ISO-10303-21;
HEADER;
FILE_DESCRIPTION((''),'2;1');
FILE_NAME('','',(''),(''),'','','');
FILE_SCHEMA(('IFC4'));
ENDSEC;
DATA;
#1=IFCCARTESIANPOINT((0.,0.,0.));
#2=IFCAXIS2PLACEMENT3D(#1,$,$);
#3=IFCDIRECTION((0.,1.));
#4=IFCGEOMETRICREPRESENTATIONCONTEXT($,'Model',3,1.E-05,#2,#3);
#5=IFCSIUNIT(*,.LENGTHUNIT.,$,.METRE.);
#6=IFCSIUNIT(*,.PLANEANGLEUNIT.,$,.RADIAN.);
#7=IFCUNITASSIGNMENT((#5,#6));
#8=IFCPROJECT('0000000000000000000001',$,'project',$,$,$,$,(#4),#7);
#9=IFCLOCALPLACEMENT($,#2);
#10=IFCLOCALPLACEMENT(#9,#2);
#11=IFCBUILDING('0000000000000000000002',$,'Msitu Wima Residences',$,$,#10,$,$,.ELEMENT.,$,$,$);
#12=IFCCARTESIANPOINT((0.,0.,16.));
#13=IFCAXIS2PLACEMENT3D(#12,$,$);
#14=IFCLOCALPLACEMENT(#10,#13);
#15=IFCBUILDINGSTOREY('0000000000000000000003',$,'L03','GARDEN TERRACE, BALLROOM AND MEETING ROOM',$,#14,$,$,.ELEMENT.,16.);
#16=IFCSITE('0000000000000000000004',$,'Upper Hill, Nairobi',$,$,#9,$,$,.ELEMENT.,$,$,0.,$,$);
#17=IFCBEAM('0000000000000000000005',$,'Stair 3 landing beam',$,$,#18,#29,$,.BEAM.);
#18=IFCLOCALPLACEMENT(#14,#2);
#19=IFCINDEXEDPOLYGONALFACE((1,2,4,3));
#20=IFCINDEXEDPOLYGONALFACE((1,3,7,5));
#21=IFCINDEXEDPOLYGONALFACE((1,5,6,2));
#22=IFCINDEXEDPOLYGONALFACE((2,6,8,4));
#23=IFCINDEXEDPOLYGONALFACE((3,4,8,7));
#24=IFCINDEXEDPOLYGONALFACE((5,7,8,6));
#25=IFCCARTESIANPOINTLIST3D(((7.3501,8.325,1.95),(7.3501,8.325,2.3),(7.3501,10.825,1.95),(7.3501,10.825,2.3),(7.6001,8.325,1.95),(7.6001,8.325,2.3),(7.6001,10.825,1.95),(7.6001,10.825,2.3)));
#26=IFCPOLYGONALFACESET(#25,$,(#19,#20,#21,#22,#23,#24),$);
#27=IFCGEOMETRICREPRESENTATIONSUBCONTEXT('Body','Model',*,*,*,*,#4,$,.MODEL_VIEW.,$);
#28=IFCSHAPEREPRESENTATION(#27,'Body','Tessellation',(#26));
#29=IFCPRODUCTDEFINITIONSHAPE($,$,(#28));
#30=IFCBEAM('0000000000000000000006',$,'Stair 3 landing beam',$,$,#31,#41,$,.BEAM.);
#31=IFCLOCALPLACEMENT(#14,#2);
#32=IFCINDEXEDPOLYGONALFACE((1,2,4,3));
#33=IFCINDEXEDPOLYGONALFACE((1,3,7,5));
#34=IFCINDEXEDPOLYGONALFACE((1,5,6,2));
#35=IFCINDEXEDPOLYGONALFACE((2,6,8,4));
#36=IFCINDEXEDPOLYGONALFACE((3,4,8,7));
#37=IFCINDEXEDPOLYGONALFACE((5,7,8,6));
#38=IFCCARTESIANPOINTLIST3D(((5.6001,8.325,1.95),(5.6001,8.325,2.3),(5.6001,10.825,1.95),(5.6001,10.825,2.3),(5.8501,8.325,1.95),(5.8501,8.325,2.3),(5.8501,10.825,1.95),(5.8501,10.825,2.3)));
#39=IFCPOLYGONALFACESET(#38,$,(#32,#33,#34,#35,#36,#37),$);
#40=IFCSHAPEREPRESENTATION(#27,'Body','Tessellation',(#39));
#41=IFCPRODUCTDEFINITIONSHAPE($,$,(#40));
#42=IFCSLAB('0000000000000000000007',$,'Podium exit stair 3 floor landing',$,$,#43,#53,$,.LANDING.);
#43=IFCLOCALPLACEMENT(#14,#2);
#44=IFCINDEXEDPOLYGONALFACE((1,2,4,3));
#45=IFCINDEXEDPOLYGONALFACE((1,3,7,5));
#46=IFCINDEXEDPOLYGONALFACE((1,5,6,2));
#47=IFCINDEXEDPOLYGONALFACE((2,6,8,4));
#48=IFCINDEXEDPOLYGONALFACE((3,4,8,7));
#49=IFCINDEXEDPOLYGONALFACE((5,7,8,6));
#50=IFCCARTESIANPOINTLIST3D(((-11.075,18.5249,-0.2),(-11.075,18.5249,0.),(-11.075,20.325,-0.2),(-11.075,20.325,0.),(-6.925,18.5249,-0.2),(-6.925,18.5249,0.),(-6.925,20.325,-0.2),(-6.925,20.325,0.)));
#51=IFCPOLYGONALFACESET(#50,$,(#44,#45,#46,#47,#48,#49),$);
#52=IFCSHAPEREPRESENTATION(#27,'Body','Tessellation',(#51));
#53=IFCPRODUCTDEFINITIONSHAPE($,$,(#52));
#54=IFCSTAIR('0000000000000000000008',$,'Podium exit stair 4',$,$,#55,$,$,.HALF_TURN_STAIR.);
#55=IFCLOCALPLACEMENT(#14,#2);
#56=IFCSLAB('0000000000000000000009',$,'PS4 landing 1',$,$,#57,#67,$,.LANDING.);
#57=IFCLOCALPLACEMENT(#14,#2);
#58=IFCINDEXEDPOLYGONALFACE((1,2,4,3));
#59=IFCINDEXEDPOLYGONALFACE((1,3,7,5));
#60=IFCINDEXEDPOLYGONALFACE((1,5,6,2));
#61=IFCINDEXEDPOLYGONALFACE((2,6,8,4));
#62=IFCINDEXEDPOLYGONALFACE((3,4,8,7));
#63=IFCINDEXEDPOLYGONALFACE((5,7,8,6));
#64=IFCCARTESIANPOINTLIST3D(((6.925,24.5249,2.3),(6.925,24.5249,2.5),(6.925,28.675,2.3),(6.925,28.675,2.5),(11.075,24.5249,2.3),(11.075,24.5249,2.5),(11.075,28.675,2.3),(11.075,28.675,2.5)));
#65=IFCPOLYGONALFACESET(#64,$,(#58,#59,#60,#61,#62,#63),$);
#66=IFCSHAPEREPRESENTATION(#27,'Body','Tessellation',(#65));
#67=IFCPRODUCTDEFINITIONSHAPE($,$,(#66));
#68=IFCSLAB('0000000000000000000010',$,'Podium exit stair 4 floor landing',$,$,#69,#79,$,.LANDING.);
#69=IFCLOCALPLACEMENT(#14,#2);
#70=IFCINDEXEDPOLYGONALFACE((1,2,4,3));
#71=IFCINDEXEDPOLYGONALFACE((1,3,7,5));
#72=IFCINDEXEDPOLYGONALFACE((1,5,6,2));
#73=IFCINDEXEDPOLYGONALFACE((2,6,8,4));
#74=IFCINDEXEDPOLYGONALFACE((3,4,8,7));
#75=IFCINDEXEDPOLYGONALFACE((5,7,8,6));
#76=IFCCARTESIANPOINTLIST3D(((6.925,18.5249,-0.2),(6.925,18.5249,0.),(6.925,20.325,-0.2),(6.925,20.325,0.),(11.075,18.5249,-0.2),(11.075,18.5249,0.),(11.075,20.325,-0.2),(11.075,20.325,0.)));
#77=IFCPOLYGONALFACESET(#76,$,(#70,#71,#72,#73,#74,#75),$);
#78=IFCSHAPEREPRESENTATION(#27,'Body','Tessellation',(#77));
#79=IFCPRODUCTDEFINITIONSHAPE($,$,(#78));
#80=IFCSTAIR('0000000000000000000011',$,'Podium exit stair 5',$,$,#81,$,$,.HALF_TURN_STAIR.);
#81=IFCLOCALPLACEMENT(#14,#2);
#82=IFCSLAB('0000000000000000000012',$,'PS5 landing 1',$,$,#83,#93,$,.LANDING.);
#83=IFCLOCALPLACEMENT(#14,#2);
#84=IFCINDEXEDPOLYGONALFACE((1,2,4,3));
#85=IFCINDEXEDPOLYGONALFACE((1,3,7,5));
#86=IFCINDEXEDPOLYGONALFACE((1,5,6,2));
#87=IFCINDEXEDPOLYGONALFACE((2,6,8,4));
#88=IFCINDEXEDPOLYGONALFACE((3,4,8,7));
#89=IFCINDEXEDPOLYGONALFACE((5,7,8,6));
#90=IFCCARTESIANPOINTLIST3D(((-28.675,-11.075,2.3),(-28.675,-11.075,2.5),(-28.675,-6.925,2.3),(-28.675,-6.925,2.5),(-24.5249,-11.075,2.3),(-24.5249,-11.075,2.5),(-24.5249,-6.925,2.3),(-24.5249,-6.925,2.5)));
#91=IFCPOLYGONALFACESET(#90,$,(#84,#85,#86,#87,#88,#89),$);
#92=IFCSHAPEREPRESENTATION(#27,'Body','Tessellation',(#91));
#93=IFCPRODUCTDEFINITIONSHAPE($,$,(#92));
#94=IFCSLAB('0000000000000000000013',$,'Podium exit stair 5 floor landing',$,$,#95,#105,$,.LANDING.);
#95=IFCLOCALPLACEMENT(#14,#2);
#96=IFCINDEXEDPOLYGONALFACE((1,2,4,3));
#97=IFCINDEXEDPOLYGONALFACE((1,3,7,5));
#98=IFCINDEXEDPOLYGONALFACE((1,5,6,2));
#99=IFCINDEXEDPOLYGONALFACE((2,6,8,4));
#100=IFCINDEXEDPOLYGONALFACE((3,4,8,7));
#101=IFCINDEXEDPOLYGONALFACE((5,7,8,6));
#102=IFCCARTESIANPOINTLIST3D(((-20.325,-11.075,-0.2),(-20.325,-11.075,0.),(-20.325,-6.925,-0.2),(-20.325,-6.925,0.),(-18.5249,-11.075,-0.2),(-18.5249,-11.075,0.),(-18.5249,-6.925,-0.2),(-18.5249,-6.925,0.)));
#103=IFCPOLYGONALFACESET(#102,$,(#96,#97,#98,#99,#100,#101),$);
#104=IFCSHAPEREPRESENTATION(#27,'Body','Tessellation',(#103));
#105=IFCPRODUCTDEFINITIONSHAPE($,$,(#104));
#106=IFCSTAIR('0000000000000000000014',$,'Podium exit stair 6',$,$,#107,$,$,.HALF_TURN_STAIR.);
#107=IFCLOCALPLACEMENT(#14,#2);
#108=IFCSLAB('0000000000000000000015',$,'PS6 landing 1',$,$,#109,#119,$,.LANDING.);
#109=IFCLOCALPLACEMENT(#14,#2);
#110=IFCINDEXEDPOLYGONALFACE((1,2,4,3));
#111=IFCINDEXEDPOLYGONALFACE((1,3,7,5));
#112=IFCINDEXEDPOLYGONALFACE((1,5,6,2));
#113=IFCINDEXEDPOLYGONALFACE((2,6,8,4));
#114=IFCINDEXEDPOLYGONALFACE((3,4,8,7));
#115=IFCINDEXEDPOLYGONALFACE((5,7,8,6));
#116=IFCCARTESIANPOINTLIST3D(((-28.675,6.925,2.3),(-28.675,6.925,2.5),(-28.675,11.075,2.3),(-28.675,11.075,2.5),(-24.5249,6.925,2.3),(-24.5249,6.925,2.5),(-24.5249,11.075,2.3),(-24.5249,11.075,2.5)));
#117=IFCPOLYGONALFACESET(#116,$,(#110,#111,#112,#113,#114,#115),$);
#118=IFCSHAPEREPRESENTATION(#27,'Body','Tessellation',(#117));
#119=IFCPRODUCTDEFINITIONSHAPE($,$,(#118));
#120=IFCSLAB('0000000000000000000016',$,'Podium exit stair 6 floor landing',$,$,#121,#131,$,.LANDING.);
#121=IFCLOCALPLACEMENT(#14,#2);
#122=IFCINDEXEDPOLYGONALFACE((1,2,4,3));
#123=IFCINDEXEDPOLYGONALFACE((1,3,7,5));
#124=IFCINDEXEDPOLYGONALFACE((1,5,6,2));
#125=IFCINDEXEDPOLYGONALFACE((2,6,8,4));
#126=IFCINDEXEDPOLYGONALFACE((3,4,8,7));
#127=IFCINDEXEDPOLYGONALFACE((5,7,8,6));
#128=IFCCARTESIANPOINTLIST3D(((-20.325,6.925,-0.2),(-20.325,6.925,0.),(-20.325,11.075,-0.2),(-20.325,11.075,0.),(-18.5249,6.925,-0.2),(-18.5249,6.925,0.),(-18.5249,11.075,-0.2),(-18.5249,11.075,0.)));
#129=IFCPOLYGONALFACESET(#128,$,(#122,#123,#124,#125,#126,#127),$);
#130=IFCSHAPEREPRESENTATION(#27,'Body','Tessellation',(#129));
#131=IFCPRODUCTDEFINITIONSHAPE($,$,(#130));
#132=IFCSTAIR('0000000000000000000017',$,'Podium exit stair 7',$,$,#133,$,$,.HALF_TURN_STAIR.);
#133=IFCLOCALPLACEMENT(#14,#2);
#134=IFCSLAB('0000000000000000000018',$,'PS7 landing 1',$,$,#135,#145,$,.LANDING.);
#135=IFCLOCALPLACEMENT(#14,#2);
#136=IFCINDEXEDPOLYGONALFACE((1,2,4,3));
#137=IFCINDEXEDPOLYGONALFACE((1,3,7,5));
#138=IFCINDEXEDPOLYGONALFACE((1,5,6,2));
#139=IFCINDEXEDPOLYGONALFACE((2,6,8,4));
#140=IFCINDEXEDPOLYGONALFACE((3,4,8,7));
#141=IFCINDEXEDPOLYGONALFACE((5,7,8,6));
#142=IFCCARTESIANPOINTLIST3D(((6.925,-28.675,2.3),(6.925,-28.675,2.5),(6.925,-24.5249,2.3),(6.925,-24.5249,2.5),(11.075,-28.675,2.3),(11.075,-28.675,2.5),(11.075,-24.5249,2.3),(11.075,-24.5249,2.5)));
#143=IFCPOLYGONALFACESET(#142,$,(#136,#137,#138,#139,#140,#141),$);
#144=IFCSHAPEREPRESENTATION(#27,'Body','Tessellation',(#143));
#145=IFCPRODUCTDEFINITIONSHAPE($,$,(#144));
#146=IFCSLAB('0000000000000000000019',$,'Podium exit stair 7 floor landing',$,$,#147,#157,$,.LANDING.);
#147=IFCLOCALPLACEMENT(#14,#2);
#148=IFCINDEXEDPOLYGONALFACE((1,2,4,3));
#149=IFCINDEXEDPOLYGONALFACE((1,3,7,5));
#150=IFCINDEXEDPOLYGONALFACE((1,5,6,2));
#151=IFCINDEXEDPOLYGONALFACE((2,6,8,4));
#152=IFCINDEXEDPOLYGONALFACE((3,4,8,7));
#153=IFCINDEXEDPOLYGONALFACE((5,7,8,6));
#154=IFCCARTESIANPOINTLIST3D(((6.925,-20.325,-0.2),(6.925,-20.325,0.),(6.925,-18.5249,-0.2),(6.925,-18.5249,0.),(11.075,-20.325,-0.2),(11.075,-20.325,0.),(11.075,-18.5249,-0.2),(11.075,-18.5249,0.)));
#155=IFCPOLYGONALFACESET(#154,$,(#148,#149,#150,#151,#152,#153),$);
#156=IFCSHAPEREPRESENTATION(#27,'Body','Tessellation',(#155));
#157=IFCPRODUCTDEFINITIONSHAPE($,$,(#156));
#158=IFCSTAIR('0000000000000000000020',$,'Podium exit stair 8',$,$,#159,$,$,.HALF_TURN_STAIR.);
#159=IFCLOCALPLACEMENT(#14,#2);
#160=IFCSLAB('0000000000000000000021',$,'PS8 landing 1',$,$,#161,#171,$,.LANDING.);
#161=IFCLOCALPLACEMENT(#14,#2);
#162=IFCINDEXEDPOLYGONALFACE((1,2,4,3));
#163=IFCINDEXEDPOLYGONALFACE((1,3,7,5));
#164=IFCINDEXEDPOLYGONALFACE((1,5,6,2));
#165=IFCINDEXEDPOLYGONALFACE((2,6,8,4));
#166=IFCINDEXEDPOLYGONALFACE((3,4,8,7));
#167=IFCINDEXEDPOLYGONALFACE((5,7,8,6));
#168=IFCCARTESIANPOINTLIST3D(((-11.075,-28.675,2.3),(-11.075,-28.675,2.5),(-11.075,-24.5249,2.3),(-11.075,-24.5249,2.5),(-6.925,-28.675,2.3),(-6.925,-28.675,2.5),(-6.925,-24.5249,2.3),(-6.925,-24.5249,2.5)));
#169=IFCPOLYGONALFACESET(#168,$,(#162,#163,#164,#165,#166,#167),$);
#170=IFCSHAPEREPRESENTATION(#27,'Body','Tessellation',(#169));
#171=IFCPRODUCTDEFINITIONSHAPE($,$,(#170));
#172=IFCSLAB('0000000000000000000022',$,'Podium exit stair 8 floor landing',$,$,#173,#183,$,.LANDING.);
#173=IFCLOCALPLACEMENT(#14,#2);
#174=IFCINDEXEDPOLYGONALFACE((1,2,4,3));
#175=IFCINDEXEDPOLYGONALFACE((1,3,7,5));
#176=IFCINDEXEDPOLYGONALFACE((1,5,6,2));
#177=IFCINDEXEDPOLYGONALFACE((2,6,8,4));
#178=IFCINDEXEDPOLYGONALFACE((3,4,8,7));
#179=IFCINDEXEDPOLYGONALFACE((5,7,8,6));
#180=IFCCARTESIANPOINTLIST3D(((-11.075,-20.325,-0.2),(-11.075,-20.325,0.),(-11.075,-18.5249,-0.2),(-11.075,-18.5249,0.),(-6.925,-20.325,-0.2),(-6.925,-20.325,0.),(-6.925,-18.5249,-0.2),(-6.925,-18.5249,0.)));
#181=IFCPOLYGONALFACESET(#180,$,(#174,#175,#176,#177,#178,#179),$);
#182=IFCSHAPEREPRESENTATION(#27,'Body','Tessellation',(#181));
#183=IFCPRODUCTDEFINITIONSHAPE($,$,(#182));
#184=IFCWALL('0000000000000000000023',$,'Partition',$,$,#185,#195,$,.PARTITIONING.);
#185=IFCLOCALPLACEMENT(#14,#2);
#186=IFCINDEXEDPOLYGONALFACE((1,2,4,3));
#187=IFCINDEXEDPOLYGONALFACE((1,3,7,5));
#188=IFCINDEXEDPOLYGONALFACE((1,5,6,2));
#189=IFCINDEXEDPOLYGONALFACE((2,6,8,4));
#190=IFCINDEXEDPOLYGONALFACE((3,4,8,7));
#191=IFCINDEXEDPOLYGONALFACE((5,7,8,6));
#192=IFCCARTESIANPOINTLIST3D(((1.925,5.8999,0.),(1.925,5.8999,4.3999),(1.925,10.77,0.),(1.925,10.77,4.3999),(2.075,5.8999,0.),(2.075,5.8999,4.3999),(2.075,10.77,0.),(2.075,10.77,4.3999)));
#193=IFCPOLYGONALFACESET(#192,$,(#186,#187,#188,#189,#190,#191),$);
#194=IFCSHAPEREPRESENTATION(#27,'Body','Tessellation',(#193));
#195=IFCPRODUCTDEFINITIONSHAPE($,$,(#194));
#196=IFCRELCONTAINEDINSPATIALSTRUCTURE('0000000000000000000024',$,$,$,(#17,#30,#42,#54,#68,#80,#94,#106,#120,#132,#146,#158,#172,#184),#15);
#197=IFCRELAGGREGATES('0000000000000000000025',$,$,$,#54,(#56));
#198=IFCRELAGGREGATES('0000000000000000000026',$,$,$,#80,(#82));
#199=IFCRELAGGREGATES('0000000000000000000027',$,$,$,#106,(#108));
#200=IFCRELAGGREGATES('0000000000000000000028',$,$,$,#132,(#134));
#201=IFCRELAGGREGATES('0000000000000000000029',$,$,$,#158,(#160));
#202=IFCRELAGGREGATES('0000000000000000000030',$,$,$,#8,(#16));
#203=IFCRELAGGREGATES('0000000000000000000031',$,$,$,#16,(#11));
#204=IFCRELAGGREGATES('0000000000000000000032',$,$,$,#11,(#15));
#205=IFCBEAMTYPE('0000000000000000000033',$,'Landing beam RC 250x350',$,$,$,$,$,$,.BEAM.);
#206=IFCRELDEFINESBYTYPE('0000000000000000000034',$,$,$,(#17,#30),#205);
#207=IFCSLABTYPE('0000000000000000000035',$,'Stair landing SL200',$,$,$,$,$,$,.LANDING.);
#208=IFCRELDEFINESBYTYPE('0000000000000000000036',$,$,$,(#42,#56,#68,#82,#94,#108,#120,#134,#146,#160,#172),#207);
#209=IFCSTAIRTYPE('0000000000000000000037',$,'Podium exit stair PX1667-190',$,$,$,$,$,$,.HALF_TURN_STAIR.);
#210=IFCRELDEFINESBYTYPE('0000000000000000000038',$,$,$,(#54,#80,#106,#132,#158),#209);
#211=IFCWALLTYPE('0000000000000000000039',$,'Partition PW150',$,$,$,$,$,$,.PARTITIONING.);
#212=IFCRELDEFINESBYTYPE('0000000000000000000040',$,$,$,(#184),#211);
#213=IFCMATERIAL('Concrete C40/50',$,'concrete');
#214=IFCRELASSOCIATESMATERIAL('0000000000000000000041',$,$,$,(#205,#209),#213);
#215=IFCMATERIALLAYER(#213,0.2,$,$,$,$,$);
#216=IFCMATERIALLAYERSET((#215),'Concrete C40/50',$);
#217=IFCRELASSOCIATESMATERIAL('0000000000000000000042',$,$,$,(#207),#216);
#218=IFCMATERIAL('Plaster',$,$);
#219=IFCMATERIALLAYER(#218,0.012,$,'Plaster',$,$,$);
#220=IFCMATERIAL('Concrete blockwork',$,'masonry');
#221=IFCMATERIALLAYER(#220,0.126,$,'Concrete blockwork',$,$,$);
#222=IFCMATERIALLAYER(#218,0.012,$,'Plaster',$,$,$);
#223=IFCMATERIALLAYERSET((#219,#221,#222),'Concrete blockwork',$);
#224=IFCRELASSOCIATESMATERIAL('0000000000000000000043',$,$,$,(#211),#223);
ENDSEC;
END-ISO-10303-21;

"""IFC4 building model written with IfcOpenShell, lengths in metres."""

from ifc_helpers import new_model, si_unit, direction, frame, frame_2d, origin, origin_2d, place, context, subcontext, project, spatial, polyline, rectangle, outline, extrude, material, layer, layer_set, material_profile, profile_set, type_object, element, aggregate, save


model = new_model("IFC4")

# Units and contexts
model_context = context("Model", 3, precision=1e-05, world=origin(), true_north=direction((0.0, 1.0)))
body_context = subcontext(model_context, "Body", "Model", "MODEL_VIEW")
ifc_project = project(units=[si_unit("LENGTHUNIT", "METRE"), si_unit("PLANEANGLEUNIT", "RADIAN")], contexts=[model_context])

# Site, building, storey
site_placement = place(None, origin())
site = spatial("IfcSite", under=ifc_project, at=site_placement, Name="Upper Hill, Nairobi", CompositionType="ELEMENT", RefElevation=0.0)
building_placement = place(site_placement, origin())
building = spatial("IfcBuilding", under=site, at=building_placement, Name="Msitu Wima Residences", CompositionType="ELEMENT")
storey_placement = place(building_placement, frame((0.0, 0.0, 16.0)))
storey = spatial("IfcBuildingStorey", under=building, at=storey_placement, Name="L03", Description="GARDEN TERRACE, BALLROOM AND MEETING ROOM", CompositionType="ELEMENT", Elevation=16.0)

# Beams
ifc_material_1 = material(Name="Concrete C40/50", Category="concrete")
ifc_material_profile = material_profile(ifc_material_1, rectangle(XDim=0.25, YDim=0.3501, at=origin_2d()), Name="RC 250x350")
ifc_profile_set = profile_set([ifc_material_profile], Name="Concrete C40/50")
beam_type = type_object("IfcBeamType", Name="Landing beam RC 250x350", PredefinedType="BEAM", material=ifc_profile_set)
for number, where, z_axis, x_axis, name in (
    (1, (7.4751, 8.325, 2.125), (0.0, 1.0, 0.0), (-1.0, 0.0, 0.0), "Stair 3 landing beam"),
    (2, (5.7251, 8.325, 2.125), (0.0, 1.0, 0.0), (-1.0, 0.0, 0.0), "Stair 3 landing beam"),
):
    element("IfcBeam", number, at=place(storey_placement, frame(where, z_axis=z_axis, x_axis=x_axis)), inside=storey, type_object=beam_type, Name=name, PredefinedType="BEAM", context=body_context, shape_type="SweptSolid", body=[
        extrude(rectangle(XDim=0.25, YDim=0.3501, at=origin_2d()), origin(), (0.0, 0.0, 1.0), 2.5),
    ])

# Slab
ifc_layer_1 = layer(ifc_material_1, 0.2)
ifc_layer_set_1 = layer_set([ifc_layer_1], Name="Concrete C40/50")
slab_type = type_object("IfcSlabType", Name="Stair landing SL200", PredefinedType="LANDING", material=ifc_layer_set_1)
slab_1_placement = place(storey_placement, frame((0.0, 0.0, -0.2)))
element("IfcSlab", 3, at=slab_1_placement, inside=storey, type_object=slab_type, Name="Podium exit stair 3 floor landing", PredefinedType="LANDING", context=body_context, shape_type="SweptSolid", body=[
    extrude(outline(polyline([(-6.925, 18.5249), (-6.925, 20.325), (-11.075, 20.325), (-11.075, 18.5249), (-6.925, 18.5249)])), origin(), (0.0, 0.0, 1.0), 0.2),
])

# Stair, slab
stair_type_1 = type_object("IfcStairType", Name="Podium exit stair PX1667-190", PredefinedType="HALF_TURN_STAIR", material=ifc_material_1)
stair_1_placement = place(storey_placement, origin())
stair_1 = element("IfcStair", 4, at=stair_1_placement, inside=storey, type_object=stair_type_1, Name="Podium exit stair 4", PredefinedType="HALF_TURN_STAIR")
slab_2_placement = place(storey_placement, frame((0.0, 0.0, 2.3)))
slab_2 = element("IfcSlab", 5, at=slab_2_placement, type_object=slab_type, Name="PS4 landing 1", PredefinedType="LANDING", context=body_context, shape_type="SweptSolid", body=[
    extrude(outline(polyline([(6.925, 24.5249), (6.925, 28.675), (11.075, 28.675), (11.075, 24.5249), (6.925, 24.5249)])), origin(), (0.0, 0.0, 1.0), 0.2),
])
aggregate(stair_1, [slab_2])

# Slab
slab_3_placement = place(storey_placement, frame((0.0, 0.0, -0.2)))
element("IfcSlab", 6, at=slab_3_placement, inside=storey, type_object=slab_type, Name="Podium exit stair 4 floor landing", PredefinedType="LANDING", context=body_context, shape_type="SweptSolid", body=[
    extrude(outline(polyline([(6.925, 18.5249), (6.925, 20.325), (11.075, 20.325), (11.075, 18.5249), (6.925, 18.5249)])), origin(), (0.0, 0.0, 1.0), 0.2),
])

# Stair, slab
stair_2_placement = place(storey_placement, origin())
stair_2 = element("IfcStair", 7, at=stair_2_placement, inside=storey, type_object=stair_type_1, Name="Podium exit stair 5", PredefinedType="HALF_TURN_STAIR")
slab_4_placement = place(storey_placement, frame((0.0, 0.0, 2.3)))
slab_4 = element("IfcSlab", 8, at=slab_4_placement, type_object=slab_type, Name="PS5 landing 1", PredefinedType="LANDING", context=body_context, shape_type="SweptSolid", body=[
    extrude(outline(polyline([(-24.5249, -6.925), (-28.675, -6.925), (-28.675, -11.075), (-24.5249, -11.075), (-24.5249, -6.925)])), origin(), (0.0, 0.0, 1.0), 0.2),
])
aggregate(stair_2, [slab_4])

# Slab
slab_5_placement = place(storey_placement, frame((0.0, 0.0, -0.2)))
element("IfcSlab", 9, at=slab_5_placement, inside=storey, type_object=slab_type, Name="Podium exit stair 5 floor landing", PredefinedType="LANDING", context=body_context, shape_type="SweptSolid", body=[
    extrude(outline(polyline([(-18.5249, -6.925), (-20.325, -6.925), (-20.325, -11.075), (-18.5249, -11.075), (-18.5249, -6.925)])), origin(), (0.0, 0.0, 1.0), 0.2),
])

# Stair, slab
stair_3_placement = place(storey_placement, origin())
stair_3 = element("IfcStair", 10, at=stair_3_placement, inside=storey, type_object=stair_type_1, Name="Podium exit stair 6", PredefinedType="HALF_TURN_STAIR")
slab_6_placement = place(storey_placement, frame((0.0, 0.0, 2.3)))
slab_6 = element("IfcSlab", 11, at=slab_6_placement, type_object=slab_type, Name="PS6 landing 1", PredefinedType="LANDING", context=body_context, shape_type="SweptSolid", body=[
    extrude(outline(polyline([(-24.5249, 6.925), (-28.675, 6.925), (-28.675, 11.075), (-24.5249, 11.075), (-24.5249, 6.925)])), origin(), (0.0, 0.0, 1.0), 0.2),
])
aggregate(stair_3, [slab_6])

# Slab
slab_7_placement = place(storey_placement, frame((0.0, 0.0, -0.2)))
element("IfcSlab", 12, at=slab_7_placement, inside=storey, type_object=slab_type, Name="Podium exit stair 6 floor landing", PredefinedType="LANDING", context=body_context, shape_type="SweptSolid", body=[
    extrude(outline(polyline([(-18.5249, 6.925), (-20.325, 6.925), (-20.325, 11.075), (-18.5249, 11.075), (-18.5249, 6.925)])), origin(), (0.0, 0.0, 1.0), 0.2),
])

# Stair, slab
stair_4_placement = place(storey_placement, origin())
stair_4 = element("IfcStair", 13, at=stair_4_placement, inside=storey, type_object=stair_type_1, Name="Podium exit stair 7", PredefinedType="HALF_TURN_STAIR")
slab_8_placement = place(storey_placement, frame((0.0, 0.0, 2.3)))
slab_8 = element("IfcSlab", 14, at=slab_8_placement, type_object=slab_type, Name="PS7 landing 1", PredefinedType="LANDING", context=body_context, shape_type="SweptSolid", body=[
    extrude(outline(polyline([(6.925, -24.5249), (6.925, -28.675), (11.075, -28.675), (11.075, -24.5249), (6.925, -24.5249)])), origin(), (0.0, 0.0, 1.0), 0.2),
])
aggregate(stair_4, [slab_8])

# Slab
slab_9_placement = place(storey_placement, frame((0.0, 0.0, -0.2)))
element("IfcSlab", 15, at=slab_9_placement, inside=storey, type_object=slab_type, Name="Podium exit stair 7 floor landing", PredefinedType="LANDING", context=body_context, shape_type="SweptSolid", body=[
    extrude(outline(polyline([(6.925, -18.5249), (6.925, -20.325), (11.075, -20.325), (11.075, -18.5249), (6.925, -18.5249)])), origin(), (0.0, 0.0, 1.0), 0.2),
])

# Stair, slab
stair_5_placement = place(storey_placement, origin())
stair_5 = element("IfcStair", 16, at=stair_5_placement, inside=storey, type_object=stair_type_1, Name="Podium exit stair 8", PredefinedType="HALF_TURN_STAIR")
slab_10_placement = place(storey_placement, frame((0.0, 0.0, 2.3)))
slab_10 = element("IfcSlab", 17, at=slab_10_placement, type_object=slab_type, Name="PS8 landing 1", PredefinedType="LANDING", context=body_context, shape_type="SweptSolid", body=[
    extrude(outline(polyline([(-6.925, -24.5249), (-6.925, -28.675), (-11.075, -28.675), (-11.075, -24.5249), (-6.925, -24.5249)])), origin(), (0.0, 0.0, 1.0), 0.2),
])
aggregate(stair_5, [slab_10])

# Slab
slab_11_placement = place(storey_placement, frame((0.0, 0.0, -0.2)))
element("IfcSlab", 18, at=slab_11_placement, inside=storey, type_object=slab_type, Name="Podium exit stair 8 floor landing", PredefinedType="LANDING", context=body_context, shape_type="SweptSolid", body=[
    extrude(outline(polyline([(-6.925, -18.5249), (-6.925, -20.325), (-11.075, -20.325), (-11.075, -18.5249), (-6.925, -18.5249)])), origin(), (0.0, 0.0, 1.0), 0.2),
])

# Wall
ifc_material_2 = material(Name="Plaster")
ifc_layer_2 = layer(ifc_material_2, 0.012, Name="Plaster")
ifc_material_3 = material(Name="Concrete blockwork", Category="masonry")
ifc_layer_3 = layer(ifc_material_3, 0.126, Name="Concrete blockwork")
ifc_layer_4 = layer(ifc_material_2, 0.012, Name="Plaster")
ifc_layer_set_2 = layer_set([ifc_layer_2, ifc_layer_3, ifc_layer_4], Name="Concrete blockwork")
wall_type_1 = type_object("IfcWallType", Name="Partition PW150", PredefinedType="PARTITIONING", material=ifc_layer_set_2)
wall_1_placement = place(storey_placement, frame((2.0, 5.8999, 0.0), z_axis=(0.0, 0.0, 1.0), x_axis=(0.0, 1.0, 0.0)))
element("IfcWall", 19, at=wall_1_placement, inside=storey, type_object=wall_type_1, Name="Partition", PredefinedType="PARTITIONING", context=body_context, shape_type="SweptSolid", body=[
    extrude(rectangle(XDim=4.8701, YDim=0.1499, at=frame_2d((2.4351, 0.0))), origin(), (0.0, 0.0, 1.0), 4.3999),
])

save(model, "model.ifc")
